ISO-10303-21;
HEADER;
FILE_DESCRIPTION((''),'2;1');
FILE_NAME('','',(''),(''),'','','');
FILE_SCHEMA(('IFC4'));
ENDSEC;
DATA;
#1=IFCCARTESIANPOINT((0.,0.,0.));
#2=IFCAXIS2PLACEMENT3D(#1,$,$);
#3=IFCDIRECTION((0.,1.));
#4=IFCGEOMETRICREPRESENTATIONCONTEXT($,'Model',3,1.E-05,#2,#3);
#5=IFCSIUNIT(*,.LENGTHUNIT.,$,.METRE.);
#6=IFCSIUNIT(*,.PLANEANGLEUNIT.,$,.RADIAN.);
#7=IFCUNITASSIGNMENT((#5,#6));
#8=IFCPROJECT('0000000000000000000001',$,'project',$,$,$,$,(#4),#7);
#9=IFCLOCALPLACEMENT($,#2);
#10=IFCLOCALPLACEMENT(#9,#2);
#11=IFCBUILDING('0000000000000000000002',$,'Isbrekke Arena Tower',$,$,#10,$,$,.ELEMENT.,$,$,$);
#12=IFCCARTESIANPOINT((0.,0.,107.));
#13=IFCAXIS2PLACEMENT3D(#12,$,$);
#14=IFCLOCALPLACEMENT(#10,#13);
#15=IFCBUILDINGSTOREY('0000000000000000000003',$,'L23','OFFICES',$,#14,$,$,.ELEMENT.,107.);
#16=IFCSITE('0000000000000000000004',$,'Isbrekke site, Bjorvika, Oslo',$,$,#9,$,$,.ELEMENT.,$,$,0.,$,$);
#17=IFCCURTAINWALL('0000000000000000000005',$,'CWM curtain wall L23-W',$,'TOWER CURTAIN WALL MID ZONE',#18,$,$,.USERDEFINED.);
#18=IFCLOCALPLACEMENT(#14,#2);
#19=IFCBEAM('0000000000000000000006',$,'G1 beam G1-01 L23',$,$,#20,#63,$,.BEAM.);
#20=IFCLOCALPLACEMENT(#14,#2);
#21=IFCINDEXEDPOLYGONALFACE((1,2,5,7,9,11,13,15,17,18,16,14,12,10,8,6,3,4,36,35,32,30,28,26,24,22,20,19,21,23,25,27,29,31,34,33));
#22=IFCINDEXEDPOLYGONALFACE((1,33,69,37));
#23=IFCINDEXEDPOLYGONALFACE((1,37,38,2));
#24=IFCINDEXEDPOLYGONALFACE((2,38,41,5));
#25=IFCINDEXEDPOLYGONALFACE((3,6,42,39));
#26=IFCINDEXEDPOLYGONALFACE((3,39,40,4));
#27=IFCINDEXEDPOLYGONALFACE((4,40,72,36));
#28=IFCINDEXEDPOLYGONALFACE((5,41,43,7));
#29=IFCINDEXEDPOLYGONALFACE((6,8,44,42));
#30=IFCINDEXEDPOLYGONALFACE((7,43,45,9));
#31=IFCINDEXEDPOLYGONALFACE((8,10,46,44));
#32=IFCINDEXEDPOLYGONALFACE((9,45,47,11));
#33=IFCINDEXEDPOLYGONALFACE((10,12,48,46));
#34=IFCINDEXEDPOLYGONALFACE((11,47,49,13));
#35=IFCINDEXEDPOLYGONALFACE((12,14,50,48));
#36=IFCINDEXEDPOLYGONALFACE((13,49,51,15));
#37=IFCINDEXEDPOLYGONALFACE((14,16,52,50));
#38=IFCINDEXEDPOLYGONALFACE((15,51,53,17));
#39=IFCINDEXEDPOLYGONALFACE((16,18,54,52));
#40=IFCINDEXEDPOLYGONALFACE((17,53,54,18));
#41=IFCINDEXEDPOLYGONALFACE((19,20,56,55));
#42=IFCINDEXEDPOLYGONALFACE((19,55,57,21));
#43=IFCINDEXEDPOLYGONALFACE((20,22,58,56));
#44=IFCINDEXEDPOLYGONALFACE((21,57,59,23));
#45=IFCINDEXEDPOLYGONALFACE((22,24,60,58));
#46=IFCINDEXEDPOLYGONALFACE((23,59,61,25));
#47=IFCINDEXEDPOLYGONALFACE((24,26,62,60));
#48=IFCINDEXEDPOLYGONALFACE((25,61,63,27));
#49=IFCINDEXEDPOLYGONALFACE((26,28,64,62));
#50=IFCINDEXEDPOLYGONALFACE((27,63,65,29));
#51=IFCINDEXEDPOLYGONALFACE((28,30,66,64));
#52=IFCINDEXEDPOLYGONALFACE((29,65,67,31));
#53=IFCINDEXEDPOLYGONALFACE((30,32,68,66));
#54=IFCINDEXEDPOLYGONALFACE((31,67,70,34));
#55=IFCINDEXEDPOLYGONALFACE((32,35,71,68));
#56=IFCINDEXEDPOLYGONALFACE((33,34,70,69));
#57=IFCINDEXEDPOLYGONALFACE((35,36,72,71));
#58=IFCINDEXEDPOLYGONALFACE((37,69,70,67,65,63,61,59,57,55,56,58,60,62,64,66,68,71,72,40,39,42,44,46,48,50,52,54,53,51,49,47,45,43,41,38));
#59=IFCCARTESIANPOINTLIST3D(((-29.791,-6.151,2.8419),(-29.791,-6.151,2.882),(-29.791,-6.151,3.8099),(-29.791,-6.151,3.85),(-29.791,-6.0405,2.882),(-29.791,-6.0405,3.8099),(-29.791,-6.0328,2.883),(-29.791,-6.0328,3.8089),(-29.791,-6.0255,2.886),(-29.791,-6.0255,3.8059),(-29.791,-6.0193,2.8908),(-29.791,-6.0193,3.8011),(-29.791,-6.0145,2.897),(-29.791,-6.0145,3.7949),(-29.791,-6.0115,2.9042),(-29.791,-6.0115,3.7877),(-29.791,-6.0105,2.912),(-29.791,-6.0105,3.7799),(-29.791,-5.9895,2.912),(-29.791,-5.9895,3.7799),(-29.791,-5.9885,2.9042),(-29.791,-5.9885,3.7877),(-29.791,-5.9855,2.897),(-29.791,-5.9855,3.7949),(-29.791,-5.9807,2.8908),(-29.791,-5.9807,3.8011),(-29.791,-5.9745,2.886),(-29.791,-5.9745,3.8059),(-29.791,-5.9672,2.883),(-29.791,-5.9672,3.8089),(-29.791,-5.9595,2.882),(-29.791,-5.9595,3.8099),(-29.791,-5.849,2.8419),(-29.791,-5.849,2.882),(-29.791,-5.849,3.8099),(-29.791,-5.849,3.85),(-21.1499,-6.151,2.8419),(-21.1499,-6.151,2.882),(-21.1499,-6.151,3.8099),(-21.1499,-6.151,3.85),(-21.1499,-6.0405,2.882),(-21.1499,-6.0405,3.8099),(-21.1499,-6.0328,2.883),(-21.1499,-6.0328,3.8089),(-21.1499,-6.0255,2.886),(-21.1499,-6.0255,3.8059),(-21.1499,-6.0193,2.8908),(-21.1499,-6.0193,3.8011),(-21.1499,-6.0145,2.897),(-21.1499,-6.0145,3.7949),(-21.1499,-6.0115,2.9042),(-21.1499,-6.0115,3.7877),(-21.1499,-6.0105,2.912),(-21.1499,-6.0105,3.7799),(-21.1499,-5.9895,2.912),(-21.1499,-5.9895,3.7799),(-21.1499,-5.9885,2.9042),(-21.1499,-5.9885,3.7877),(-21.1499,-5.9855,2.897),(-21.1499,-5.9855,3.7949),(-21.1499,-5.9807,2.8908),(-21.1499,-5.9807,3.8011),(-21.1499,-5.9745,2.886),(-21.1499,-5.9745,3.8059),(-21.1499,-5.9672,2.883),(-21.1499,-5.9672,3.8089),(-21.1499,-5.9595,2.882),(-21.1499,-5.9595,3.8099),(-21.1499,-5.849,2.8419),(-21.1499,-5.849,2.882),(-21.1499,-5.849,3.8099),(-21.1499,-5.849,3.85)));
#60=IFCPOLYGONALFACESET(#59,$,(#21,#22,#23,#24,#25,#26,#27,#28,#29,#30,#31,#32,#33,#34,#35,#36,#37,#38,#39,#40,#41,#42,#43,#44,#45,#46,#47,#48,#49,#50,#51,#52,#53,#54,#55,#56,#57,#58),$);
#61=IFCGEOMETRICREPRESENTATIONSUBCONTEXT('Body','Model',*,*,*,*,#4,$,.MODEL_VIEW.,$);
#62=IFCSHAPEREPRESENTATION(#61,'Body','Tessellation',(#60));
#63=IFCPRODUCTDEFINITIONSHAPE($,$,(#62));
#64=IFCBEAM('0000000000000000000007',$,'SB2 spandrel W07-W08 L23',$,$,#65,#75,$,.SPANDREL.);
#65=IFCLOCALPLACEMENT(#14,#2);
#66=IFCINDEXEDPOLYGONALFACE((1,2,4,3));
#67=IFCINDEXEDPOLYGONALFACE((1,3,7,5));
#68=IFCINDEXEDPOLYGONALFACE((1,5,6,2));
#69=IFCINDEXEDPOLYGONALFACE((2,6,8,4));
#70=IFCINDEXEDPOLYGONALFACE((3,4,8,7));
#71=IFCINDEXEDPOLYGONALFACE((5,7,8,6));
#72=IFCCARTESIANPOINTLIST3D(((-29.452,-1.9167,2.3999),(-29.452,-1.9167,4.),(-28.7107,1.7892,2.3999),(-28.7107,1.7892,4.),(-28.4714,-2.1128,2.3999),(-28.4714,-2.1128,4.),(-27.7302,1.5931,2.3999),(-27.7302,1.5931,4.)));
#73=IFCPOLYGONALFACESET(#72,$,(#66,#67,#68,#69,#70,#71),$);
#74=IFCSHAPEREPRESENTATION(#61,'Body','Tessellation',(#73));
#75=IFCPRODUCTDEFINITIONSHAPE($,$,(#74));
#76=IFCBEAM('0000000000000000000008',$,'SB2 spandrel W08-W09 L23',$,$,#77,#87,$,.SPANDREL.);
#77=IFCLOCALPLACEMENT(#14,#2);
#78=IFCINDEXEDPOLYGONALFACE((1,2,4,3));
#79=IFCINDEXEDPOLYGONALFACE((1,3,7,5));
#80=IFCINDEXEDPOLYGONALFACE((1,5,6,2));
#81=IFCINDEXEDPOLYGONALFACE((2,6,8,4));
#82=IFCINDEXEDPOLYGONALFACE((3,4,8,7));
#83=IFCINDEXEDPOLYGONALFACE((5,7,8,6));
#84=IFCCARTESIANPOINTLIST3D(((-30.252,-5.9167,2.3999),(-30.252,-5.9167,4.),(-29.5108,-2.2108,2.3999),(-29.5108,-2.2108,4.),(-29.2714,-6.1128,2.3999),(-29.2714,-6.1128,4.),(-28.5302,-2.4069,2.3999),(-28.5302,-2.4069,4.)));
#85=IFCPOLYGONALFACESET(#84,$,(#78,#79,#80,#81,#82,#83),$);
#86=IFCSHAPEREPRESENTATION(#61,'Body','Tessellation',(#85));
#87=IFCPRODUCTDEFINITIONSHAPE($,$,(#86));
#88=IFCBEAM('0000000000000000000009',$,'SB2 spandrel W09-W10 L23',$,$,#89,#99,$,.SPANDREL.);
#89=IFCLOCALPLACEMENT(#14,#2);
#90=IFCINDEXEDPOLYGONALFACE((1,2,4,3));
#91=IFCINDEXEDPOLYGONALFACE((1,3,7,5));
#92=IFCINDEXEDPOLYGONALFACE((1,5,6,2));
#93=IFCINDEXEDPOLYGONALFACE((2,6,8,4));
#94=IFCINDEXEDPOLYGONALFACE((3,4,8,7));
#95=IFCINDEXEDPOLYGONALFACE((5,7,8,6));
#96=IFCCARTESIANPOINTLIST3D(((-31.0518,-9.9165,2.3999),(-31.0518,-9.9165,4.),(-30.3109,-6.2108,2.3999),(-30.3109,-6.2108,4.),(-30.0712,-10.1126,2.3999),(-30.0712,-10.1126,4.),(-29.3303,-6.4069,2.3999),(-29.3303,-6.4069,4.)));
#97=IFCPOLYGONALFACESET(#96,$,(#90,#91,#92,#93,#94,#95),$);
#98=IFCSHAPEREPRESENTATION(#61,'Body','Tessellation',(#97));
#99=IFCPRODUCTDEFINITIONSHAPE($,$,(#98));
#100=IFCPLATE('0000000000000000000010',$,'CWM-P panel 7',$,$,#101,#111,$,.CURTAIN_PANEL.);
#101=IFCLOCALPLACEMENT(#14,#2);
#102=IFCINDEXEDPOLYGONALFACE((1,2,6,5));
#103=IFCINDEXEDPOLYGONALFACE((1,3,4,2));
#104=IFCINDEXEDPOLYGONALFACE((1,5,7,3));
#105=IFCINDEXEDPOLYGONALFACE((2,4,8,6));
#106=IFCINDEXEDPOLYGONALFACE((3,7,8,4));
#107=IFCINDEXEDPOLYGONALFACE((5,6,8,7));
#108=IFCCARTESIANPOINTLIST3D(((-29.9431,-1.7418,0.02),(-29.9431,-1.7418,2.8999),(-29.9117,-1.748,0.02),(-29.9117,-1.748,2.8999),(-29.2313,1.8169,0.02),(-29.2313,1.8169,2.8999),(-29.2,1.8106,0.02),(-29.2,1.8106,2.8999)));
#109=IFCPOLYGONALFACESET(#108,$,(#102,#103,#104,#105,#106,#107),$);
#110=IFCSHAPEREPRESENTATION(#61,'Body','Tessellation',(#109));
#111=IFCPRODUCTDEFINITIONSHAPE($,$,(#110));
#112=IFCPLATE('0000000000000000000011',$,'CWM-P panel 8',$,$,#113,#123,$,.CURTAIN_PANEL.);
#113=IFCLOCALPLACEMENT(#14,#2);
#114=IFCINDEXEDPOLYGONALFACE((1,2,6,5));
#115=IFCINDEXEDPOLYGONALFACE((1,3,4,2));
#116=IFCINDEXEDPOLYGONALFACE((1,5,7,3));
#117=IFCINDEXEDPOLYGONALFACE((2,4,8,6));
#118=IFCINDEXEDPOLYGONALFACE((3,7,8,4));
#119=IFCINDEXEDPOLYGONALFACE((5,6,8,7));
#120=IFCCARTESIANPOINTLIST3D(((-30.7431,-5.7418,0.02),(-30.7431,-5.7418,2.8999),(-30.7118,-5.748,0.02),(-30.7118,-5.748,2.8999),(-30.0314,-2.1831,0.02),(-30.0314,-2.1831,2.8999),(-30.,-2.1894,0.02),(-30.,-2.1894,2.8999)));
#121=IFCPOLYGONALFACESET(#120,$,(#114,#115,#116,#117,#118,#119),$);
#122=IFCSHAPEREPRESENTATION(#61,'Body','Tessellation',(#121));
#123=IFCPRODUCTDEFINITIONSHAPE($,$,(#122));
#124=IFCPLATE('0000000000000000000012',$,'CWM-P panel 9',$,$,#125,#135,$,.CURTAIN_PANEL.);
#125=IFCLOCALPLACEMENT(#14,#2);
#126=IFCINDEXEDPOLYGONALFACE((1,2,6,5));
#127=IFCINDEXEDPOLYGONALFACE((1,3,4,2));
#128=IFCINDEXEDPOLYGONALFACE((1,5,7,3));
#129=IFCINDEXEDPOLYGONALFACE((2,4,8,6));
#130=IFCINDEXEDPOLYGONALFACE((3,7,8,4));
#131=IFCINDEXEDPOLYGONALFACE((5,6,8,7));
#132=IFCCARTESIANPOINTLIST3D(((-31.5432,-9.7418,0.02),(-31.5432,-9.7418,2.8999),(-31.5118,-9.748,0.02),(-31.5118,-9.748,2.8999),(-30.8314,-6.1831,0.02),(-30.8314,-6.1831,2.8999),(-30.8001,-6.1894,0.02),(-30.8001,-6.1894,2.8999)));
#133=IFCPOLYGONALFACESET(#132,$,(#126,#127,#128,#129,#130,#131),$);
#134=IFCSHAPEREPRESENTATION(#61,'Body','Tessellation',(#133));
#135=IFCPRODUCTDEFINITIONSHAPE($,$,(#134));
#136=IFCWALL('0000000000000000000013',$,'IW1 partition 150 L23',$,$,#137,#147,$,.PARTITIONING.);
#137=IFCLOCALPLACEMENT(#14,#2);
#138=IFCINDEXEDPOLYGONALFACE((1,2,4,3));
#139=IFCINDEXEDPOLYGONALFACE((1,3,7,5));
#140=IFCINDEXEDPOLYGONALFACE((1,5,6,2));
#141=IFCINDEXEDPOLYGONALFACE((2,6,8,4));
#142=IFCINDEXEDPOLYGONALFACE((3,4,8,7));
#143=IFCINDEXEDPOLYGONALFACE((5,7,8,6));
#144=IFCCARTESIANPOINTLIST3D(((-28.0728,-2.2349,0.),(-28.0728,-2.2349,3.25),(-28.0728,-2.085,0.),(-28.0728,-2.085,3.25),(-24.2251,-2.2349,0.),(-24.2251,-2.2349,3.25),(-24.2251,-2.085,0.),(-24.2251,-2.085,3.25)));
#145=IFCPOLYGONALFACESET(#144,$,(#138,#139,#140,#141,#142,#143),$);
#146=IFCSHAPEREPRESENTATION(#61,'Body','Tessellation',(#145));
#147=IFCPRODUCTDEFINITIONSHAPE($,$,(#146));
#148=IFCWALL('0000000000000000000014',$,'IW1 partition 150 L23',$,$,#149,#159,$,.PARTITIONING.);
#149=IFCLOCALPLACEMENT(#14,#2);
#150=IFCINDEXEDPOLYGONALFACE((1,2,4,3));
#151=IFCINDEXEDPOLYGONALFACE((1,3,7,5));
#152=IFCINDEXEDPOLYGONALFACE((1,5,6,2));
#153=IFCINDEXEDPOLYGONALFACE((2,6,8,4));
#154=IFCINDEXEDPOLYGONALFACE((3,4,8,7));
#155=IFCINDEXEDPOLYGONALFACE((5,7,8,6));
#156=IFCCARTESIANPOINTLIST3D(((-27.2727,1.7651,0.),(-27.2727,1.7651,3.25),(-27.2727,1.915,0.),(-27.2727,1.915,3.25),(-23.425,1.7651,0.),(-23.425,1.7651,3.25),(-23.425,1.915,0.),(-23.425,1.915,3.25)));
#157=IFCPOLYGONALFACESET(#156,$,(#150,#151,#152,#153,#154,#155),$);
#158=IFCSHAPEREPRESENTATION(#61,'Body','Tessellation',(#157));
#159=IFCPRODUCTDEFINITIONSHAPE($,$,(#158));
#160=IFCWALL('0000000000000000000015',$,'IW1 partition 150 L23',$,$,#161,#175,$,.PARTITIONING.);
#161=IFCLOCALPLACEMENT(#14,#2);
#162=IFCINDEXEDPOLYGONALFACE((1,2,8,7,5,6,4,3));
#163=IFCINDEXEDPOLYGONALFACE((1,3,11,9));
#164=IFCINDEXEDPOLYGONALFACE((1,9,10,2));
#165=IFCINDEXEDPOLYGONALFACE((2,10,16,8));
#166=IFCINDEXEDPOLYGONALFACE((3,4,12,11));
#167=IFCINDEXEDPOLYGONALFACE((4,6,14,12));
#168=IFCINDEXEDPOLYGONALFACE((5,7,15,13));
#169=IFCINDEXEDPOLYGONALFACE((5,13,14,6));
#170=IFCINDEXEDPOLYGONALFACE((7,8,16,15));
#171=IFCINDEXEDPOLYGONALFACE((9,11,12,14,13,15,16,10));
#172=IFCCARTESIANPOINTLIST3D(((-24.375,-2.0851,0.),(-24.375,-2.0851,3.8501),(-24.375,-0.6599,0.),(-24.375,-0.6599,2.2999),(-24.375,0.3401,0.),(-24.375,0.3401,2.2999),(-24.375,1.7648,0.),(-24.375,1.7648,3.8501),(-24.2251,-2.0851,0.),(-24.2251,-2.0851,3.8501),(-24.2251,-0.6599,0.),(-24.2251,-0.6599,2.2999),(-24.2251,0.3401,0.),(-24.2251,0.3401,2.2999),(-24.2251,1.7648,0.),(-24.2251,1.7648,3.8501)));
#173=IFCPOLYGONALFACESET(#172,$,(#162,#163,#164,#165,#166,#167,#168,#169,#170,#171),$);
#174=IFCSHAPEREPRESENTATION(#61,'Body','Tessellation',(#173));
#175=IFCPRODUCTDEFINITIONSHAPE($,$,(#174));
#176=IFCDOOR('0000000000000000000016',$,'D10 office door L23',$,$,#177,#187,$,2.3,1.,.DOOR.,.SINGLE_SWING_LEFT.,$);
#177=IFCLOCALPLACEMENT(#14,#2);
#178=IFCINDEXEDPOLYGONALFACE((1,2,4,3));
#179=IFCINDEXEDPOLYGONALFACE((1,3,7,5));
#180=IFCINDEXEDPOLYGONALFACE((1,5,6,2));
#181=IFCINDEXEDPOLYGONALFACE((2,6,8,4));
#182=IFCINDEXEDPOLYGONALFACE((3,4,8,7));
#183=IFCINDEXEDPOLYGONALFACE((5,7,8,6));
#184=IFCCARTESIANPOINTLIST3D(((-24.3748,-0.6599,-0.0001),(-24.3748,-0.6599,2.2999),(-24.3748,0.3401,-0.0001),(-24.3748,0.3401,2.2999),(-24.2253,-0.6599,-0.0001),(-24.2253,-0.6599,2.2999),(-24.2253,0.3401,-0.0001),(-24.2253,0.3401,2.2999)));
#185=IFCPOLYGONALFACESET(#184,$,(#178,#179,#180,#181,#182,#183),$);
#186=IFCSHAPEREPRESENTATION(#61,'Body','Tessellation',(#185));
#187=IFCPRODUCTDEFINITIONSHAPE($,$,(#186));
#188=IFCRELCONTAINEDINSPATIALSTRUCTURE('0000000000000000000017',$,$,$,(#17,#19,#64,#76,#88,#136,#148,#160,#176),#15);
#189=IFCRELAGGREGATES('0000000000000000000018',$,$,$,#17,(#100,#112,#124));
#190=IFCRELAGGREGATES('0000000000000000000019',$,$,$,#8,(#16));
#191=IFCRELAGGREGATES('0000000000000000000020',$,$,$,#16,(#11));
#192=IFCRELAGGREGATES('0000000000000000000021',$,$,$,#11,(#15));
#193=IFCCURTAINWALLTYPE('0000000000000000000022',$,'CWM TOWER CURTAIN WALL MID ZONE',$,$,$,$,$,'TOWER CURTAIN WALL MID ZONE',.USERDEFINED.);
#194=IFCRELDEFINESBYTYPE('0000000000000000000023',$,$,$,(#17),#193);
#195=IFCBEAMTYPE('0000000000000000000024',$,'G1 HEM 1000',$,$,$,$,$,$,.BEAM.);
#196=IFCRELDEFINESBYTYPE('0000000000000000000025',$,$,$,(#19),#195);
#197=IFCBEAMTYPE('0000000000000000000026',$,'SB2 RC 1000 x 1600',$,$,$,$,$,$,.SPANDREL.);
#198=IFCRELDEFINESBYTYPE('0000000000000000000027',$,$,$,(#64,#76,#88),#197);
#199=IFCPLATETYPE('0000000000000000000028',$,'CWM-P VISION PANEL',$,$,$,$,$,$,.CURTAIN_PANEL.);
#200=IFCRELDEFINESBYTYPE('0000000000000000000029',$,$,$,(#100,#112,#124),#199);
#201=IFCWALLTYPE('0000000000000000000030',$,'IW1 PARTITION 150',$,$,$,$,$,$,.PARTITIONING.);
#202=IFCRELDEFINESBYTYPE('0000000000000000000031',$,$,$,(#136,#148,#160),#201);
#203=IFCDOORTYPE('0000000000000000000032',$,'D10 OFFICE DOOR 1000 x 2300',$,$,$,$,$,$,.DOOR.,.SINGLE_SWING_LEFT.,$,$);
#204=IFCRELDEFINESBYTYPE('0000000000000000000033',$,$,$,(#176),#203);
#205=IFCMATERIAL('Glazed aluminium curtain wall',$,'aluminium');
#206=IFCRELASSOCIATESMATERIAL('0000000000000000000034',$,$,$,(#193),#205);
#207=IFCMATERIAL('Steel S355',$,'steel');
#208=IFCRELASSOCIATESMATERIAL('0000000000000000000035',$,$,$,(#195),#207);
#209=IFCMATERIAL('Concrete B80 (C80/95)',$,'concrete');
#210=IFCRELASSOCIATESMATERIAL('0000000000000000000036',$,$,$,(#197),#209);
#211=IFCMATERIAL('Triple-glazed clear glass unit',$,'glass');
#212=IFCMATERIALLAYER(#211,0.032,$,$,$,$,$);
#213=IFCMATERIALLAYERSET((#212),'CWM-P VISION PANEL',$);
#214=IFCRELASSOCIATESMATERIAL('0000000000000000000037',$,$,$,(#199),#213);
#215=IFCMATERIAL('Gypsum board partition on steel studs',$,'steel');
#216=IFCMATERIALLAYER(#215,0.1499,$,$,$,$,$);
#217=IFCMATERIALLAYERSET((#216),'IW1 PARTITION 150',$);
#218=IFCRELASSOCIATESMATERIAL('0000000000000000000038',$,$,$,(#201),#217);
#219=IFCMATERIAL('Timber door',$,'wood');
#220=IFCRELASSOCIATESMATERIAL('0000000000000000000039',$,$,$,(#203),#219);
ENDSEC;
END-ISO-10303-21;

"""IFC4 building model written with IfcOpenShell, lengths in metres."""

from ifc_helpers import new_model, si_unit, direction, frame, frame_2d, origin, origin_2d, place, context, subcontext, project, spatial, rectangle, i_section, extrude, material, layer, layer_set, material_profile, profile_set, type_object, element, fill, aggregate, save


model = new_model("IFC4")

# Units and contexts
model_context = context("Model", 3, precision=1e-05, world=origin(), true_north=direction((0.0, 1.0)))
body_context = subcontext(model_context, "Body", "Model", "MODEL_VIEW")
ifc_project = project(units=[si_unit("LENGTHUNIT", "METRE"), si_unit("PLANEANGLEUNIT", "RADIAN")], contexts=[model_context])

# Site, building, storey
site_placement = place(None, origin())
site = spatial("IfcSite", under=ifc_project, at=site_placement, Name="Isbrekke site, Bjorvika, Oslo", CompositionType="ELEMENT", RefElevation=0.0)
building_placement = place(site_placement, origin())
building = spatial("IfcBuilding", under=site, at=building_placement, Name="Isbrekke Arena Tower", CompositionType="ELEMENT")
storey_placement = place(building_placement, frame((0.0, 0.0, 107.0)))
storey = spatial("IfcBuildingStorey", under=building, at=storey_placement, Name="L23", Description="OFFICES", CompositionType="ELEMENT", Elevation=107.0)

# Curtain wall
ifc_material_1 = material(Name="Glazed aluminium curtain wall", Category="aluminium")
curtain_wall_type = type_object("IfcCurtainWallType", Name="CWM TOWER CURTAIN WALL MID ZONE", ElementType="TOWER CURTAIN WALL MID ZONE", PredefinedType="USERDEFINED", material=ifc_material_1)
curtain_wall_placement = place(storey_placement, origin())
curtain_wall = element("IfcCurtainWall", 1, at=curtain_wall_placement, inside=storey, type_object=curtain_wall_type, Name="CWM curtain wall L23-W", ObjectType="TOWER CURTAIN WALL MID ZONE", PredefinedType="USERDEFINED")

# Beams
ifc_material_2 = material(Name="Steel S355", Category="steel")
ifc_material_profile_1 = material_profile(ifc_material_2, i_section(OverallWidth=0.302, OverallDepth=1.0081, WebThickness=0.021, FlangeThickness=0.04, FilletRadius=0.03, at=origin_2d()), Name="HEM 1000")
ifc_profile_set_1 = profile_set([ifc_material_profile_1], Name="Steel S355")
beam_type_1 = type_object("IfcBeamType", Name="G1 HEM 1000", PredefinedType="BEAM", material=ifc_profile_set_1)
beam_1_placement = place(storey_placement, frame((-29.791, -6.0, 3.3459), z_axis=(1.0, 0.0, 0.0), x_axis=(0.0, 1.0, 0.0)))
element("IfcBeam", 2, at=beam_1_placement, inside=storey, type_object=beam_type_1, Name="G1 beam G1-01 L23", PredefinedType="BEAM", context=body_context, shape_type="SweptSolid", body=[
    extrude(i_section(OverallWidth=0.302, OverallDepth=1.0081, WebThickness=0.021, FlangeThickness=0.04, FilletRadius=0.03, at=origin_2d()), origin(), (0.0, 0.0, 1.0), 8.6411),
])
ifc_material_3 = material(Name="Concrete B80 (C80/95)", Category="concrete")
ifc_material_profile_2 = material_profile(ifc_material_3, rectangle(XDim=1.0, YDim=1.6001, at=origin_2d()), Name="RC 1000x1600")
ifc_profile_set_2 = profile_set([ifc_material_profile_2], Name="Concrete B80 (C80/95)")
beam_type_2 = type_object("IfcBeamType", Name="SB2 RC 1000 x 1600", PredefinedType="SPANDREL", material=ifc_profile_set_2)
for number, where, z_axis, x_axis, name in (
    (3, (-28.2205, 1.6912, 3.2), (-0.196129, -0.980578, 0.0), (0.980578, -0.196129, 0.0), "SB2 spandrel W07-W08 L23"),
    (4, (-29.0205, -2.3088, 3.2), (-0.196129, -0.980578, 0.0), (0.980578, -0.196129, 0.0), "SB2 spandrel W08-W09 L23"),
):
    element("IfcBeam", number, at=place(storey_placement, frame(where, z_axis=z_axis, x_axis=x_axis)), inside=storey, type_object=beam_type_2, Name=name, PredefinedType="SPANDREL", context=body_context, shape_type="SweptSolid", body=[
        extrude(rectangle(XDim=1.0, YDim=1.6001, at=origin_2d()), origin(), (0.0, 0.0, 1.0), 3.7793),
    ])
beam_2_placement = place(storey_placement, frame((-29.8206, -6.3088, 3.2), z_axis=(-0.196066, -0.980591, 0.0), x_axis=(0.980591, -0.196066, 0.0)))
element("IfcBeam", 5, at=beam_2_placement, inside=storey, type_object=beam_type_2, Name="SB2 spandrel W09-W10 L23", PredefinedType="SPANDREL", context=body_context, shape_type="SweptSolid", body=[
    extrude(rectangle(XDim=1.0, YDim=1.6001, at=origin_2d()), origin(), (0.0, 0.0, 1.0), 3.7791),
])

# Plates
ifc_material_4 = material(Name="Triple-glazed clear glass unit", Category="glass")
ifc_layer_1 = layer(ifc_material_4, 0.032)
ifc_layer_set_1 = layer_set([ifc_layer_1], Name="CWM-P VISION PANEL")
plate_type = type_object("IfcPlateType", Name="CWM-P VISION PANEL", PredefinedType="CURTAIN_PANEL", material=ifc_layer_set_1)
plate_1_placement = place(storey_placement, frame((-29.5715, 0.0344, 0.02), z_axis=(0.0, 0.0, 1.0), x_axis=(-0.196116, -0.980581, 0.0)))
plate_1 = element("IfcPlate", 6, at=plate_1_placement, type_object=plate_type, Name="CWM-P panel 7", PredefinedType="CURTAIN_PANEL", context=body_context, shape_type="SweptSolid", body=[
    extrude(rectangle(XDim=3.6292, YDim=0.032, at=origin_2d()), origin(), (0.0, 0.0, 1.0), 2.8799),
])
plate_2_placement = place(storey_placement, frame((-30.3716, -3.9656, 0.02), z_axis=(0.0, 0.0, 1.0), x_axis=(-0.196116, -0.980581, 0.0)))
plate_2 = element("IfcPlate", 7, at=plate_2_placement, type_object=plate_type, Name="CWM-P panel 8", PredefinedType="CURTAIN_PANEL", context=body_context, shape_type="SweptSolid", body=[
    extrude(rectangle(XDim=3.6292, YDim=0.032, at=origin_2d()), origin(), (0.0, 0.0, 1.0), 2.8799),
])
plate_3_placement = place(storey_placement, frame((-31.1716, -7.9656, 0.02), z_axis=(0.0, 0.0, 1.0), x_axis=(-0.196116, -0.980581, 0.0)))
plate_3 = element("IfcPlate", 8, at=plate_3_placement, type_object=plate_type, Name="CWM-P panel 9", PredefinedType="CURTAIN_PANEL", context=body_context, shape_type="SweptSolid", body=[
    extrude(rectangle(XDim=3.6292, YDim=0.032, at=origin_2d()), origin(), (0.0, 0.0, 1.0), 2.8799),
])
aggregate(curtain_wall, [plate_1, plate_2, plate_3])

# Walls
ifc_material_5 = material(Name="Gypsum board partition on steel studs", Category="steel")
ifc_layer_2 = layer(ifc_material_5, 0.1499)
ifc_layer_set_2 = layer_set([ifc_layer_2], Name="IW1 PARTITION 150")
wall_type = type_object("IfcWallType", Name="IW1 PARTITION 150", PredefinedType="PARTITIONING", material=ifc_layer_set_2)
for number, where, z_axis, x_axis, name in (
    (9, (-28.0728, -2.1599, 0.0), (0.0, 0.0, 1.0), (1.0, 0.0, 0.0), "IW1 partition 150 L23"),
    (10, (-27.2727, 1.8401, 0.0), (0.0, 0.0, 1.0), (1.0, 0.0, 0.0), "IW1 partition 150 L23"),
):
    element("IfcWall", number, at=place(storey_placement, frame(where, z_axis=z_axis, x_axis=x_axis)), inside=storey, type_object=wall_type, Name=name, PredefinedType="PARTITIONING", context=body_context, shape_type="SweptSolid", body=[
        extrude(rectangle(XDim=3.8477, YDim=0.1499, at=frame_2d((1.9238, 0.0))), origin(), (0.0, 0.0, 1.0), 3.25),
    ])

# Wall, opening, door
wall_1_placement = place(storey_placement, frame((-24.3, -2.085, 0.0), z_axis=(0.0, 0.0, 1.0), x_axis=(0.0, 1.0, 0.0)))
wall_1 = element("IfcWall", 11, at=wall_1_placement, inside=storey, type_object=wall_type, Name="IW1 partition 150 L23", PredefinedType="PARTITIONING", context=body_context, shape_type="SweptSolid", body=[
    extrude(rectangle(XDim=3.8499, YDim=0.1499, at=frame_2d((1.9248, 0.0))), origin(), (0.0, 0.0, 1.0), 3.8501),
])
opening_1_placement = place(wall_1_placement, frame((1.425, 0.0, 0.0)))
opening_1 = element("IfcOpeningElement", 12, at=opening_1_placement, cuts=wall_1, PredefinedType="OPENING", context=body_context, shape_type="SweptSolid", body=[
    extrude(rectangle(XDim=1.0, YDim=2.3, at=frame_2d((0.5, 1.1499))), frame((0.0, 0.0898, 0.0), z_axis=(0.0, -1.0, 0.0), x_axis=(1.0, 0.0, 0.0)), (0.0, 0.0, 1.0), 0.1797),
])
ifc_material_6 = material(Name="Timber door", Category="wood")
door_type = type_object("IfcDoorType", Name="D10 OFFICE DOOR 1000 x 2300", OperationType="SINGLE_SWING_LEFT", PredefinedType="DOOR", material=ifc_material_6)
door_1_placement = place(opening_1_placement, origin())
door_1 = element("IfcDoor", 13, at=door_1_placement, inside=storey, type_object=door_type, Name="D10 office door L23", OperationType="SINGLE_SWING_LEFT", OverallHeight=2.3, OverallWidth=1.0, PredefinedType="DOOR", context=body_context, shape_type="SweptSolid", body=[
    extrude(rectangle(XDim=1.0, YDim=2.3, at=frame_2d((0.5, 1.1499))), frame((0.0, 0.0747, 0.0), z_axis=(0.0, -1.0, 0.0), x_axis=(1.0, 0.0, 0.0)), (0.0, 0.0, 1.0), 0.1494),
])
fill(opening_1, door_1)

save(model, "model.ifc")
